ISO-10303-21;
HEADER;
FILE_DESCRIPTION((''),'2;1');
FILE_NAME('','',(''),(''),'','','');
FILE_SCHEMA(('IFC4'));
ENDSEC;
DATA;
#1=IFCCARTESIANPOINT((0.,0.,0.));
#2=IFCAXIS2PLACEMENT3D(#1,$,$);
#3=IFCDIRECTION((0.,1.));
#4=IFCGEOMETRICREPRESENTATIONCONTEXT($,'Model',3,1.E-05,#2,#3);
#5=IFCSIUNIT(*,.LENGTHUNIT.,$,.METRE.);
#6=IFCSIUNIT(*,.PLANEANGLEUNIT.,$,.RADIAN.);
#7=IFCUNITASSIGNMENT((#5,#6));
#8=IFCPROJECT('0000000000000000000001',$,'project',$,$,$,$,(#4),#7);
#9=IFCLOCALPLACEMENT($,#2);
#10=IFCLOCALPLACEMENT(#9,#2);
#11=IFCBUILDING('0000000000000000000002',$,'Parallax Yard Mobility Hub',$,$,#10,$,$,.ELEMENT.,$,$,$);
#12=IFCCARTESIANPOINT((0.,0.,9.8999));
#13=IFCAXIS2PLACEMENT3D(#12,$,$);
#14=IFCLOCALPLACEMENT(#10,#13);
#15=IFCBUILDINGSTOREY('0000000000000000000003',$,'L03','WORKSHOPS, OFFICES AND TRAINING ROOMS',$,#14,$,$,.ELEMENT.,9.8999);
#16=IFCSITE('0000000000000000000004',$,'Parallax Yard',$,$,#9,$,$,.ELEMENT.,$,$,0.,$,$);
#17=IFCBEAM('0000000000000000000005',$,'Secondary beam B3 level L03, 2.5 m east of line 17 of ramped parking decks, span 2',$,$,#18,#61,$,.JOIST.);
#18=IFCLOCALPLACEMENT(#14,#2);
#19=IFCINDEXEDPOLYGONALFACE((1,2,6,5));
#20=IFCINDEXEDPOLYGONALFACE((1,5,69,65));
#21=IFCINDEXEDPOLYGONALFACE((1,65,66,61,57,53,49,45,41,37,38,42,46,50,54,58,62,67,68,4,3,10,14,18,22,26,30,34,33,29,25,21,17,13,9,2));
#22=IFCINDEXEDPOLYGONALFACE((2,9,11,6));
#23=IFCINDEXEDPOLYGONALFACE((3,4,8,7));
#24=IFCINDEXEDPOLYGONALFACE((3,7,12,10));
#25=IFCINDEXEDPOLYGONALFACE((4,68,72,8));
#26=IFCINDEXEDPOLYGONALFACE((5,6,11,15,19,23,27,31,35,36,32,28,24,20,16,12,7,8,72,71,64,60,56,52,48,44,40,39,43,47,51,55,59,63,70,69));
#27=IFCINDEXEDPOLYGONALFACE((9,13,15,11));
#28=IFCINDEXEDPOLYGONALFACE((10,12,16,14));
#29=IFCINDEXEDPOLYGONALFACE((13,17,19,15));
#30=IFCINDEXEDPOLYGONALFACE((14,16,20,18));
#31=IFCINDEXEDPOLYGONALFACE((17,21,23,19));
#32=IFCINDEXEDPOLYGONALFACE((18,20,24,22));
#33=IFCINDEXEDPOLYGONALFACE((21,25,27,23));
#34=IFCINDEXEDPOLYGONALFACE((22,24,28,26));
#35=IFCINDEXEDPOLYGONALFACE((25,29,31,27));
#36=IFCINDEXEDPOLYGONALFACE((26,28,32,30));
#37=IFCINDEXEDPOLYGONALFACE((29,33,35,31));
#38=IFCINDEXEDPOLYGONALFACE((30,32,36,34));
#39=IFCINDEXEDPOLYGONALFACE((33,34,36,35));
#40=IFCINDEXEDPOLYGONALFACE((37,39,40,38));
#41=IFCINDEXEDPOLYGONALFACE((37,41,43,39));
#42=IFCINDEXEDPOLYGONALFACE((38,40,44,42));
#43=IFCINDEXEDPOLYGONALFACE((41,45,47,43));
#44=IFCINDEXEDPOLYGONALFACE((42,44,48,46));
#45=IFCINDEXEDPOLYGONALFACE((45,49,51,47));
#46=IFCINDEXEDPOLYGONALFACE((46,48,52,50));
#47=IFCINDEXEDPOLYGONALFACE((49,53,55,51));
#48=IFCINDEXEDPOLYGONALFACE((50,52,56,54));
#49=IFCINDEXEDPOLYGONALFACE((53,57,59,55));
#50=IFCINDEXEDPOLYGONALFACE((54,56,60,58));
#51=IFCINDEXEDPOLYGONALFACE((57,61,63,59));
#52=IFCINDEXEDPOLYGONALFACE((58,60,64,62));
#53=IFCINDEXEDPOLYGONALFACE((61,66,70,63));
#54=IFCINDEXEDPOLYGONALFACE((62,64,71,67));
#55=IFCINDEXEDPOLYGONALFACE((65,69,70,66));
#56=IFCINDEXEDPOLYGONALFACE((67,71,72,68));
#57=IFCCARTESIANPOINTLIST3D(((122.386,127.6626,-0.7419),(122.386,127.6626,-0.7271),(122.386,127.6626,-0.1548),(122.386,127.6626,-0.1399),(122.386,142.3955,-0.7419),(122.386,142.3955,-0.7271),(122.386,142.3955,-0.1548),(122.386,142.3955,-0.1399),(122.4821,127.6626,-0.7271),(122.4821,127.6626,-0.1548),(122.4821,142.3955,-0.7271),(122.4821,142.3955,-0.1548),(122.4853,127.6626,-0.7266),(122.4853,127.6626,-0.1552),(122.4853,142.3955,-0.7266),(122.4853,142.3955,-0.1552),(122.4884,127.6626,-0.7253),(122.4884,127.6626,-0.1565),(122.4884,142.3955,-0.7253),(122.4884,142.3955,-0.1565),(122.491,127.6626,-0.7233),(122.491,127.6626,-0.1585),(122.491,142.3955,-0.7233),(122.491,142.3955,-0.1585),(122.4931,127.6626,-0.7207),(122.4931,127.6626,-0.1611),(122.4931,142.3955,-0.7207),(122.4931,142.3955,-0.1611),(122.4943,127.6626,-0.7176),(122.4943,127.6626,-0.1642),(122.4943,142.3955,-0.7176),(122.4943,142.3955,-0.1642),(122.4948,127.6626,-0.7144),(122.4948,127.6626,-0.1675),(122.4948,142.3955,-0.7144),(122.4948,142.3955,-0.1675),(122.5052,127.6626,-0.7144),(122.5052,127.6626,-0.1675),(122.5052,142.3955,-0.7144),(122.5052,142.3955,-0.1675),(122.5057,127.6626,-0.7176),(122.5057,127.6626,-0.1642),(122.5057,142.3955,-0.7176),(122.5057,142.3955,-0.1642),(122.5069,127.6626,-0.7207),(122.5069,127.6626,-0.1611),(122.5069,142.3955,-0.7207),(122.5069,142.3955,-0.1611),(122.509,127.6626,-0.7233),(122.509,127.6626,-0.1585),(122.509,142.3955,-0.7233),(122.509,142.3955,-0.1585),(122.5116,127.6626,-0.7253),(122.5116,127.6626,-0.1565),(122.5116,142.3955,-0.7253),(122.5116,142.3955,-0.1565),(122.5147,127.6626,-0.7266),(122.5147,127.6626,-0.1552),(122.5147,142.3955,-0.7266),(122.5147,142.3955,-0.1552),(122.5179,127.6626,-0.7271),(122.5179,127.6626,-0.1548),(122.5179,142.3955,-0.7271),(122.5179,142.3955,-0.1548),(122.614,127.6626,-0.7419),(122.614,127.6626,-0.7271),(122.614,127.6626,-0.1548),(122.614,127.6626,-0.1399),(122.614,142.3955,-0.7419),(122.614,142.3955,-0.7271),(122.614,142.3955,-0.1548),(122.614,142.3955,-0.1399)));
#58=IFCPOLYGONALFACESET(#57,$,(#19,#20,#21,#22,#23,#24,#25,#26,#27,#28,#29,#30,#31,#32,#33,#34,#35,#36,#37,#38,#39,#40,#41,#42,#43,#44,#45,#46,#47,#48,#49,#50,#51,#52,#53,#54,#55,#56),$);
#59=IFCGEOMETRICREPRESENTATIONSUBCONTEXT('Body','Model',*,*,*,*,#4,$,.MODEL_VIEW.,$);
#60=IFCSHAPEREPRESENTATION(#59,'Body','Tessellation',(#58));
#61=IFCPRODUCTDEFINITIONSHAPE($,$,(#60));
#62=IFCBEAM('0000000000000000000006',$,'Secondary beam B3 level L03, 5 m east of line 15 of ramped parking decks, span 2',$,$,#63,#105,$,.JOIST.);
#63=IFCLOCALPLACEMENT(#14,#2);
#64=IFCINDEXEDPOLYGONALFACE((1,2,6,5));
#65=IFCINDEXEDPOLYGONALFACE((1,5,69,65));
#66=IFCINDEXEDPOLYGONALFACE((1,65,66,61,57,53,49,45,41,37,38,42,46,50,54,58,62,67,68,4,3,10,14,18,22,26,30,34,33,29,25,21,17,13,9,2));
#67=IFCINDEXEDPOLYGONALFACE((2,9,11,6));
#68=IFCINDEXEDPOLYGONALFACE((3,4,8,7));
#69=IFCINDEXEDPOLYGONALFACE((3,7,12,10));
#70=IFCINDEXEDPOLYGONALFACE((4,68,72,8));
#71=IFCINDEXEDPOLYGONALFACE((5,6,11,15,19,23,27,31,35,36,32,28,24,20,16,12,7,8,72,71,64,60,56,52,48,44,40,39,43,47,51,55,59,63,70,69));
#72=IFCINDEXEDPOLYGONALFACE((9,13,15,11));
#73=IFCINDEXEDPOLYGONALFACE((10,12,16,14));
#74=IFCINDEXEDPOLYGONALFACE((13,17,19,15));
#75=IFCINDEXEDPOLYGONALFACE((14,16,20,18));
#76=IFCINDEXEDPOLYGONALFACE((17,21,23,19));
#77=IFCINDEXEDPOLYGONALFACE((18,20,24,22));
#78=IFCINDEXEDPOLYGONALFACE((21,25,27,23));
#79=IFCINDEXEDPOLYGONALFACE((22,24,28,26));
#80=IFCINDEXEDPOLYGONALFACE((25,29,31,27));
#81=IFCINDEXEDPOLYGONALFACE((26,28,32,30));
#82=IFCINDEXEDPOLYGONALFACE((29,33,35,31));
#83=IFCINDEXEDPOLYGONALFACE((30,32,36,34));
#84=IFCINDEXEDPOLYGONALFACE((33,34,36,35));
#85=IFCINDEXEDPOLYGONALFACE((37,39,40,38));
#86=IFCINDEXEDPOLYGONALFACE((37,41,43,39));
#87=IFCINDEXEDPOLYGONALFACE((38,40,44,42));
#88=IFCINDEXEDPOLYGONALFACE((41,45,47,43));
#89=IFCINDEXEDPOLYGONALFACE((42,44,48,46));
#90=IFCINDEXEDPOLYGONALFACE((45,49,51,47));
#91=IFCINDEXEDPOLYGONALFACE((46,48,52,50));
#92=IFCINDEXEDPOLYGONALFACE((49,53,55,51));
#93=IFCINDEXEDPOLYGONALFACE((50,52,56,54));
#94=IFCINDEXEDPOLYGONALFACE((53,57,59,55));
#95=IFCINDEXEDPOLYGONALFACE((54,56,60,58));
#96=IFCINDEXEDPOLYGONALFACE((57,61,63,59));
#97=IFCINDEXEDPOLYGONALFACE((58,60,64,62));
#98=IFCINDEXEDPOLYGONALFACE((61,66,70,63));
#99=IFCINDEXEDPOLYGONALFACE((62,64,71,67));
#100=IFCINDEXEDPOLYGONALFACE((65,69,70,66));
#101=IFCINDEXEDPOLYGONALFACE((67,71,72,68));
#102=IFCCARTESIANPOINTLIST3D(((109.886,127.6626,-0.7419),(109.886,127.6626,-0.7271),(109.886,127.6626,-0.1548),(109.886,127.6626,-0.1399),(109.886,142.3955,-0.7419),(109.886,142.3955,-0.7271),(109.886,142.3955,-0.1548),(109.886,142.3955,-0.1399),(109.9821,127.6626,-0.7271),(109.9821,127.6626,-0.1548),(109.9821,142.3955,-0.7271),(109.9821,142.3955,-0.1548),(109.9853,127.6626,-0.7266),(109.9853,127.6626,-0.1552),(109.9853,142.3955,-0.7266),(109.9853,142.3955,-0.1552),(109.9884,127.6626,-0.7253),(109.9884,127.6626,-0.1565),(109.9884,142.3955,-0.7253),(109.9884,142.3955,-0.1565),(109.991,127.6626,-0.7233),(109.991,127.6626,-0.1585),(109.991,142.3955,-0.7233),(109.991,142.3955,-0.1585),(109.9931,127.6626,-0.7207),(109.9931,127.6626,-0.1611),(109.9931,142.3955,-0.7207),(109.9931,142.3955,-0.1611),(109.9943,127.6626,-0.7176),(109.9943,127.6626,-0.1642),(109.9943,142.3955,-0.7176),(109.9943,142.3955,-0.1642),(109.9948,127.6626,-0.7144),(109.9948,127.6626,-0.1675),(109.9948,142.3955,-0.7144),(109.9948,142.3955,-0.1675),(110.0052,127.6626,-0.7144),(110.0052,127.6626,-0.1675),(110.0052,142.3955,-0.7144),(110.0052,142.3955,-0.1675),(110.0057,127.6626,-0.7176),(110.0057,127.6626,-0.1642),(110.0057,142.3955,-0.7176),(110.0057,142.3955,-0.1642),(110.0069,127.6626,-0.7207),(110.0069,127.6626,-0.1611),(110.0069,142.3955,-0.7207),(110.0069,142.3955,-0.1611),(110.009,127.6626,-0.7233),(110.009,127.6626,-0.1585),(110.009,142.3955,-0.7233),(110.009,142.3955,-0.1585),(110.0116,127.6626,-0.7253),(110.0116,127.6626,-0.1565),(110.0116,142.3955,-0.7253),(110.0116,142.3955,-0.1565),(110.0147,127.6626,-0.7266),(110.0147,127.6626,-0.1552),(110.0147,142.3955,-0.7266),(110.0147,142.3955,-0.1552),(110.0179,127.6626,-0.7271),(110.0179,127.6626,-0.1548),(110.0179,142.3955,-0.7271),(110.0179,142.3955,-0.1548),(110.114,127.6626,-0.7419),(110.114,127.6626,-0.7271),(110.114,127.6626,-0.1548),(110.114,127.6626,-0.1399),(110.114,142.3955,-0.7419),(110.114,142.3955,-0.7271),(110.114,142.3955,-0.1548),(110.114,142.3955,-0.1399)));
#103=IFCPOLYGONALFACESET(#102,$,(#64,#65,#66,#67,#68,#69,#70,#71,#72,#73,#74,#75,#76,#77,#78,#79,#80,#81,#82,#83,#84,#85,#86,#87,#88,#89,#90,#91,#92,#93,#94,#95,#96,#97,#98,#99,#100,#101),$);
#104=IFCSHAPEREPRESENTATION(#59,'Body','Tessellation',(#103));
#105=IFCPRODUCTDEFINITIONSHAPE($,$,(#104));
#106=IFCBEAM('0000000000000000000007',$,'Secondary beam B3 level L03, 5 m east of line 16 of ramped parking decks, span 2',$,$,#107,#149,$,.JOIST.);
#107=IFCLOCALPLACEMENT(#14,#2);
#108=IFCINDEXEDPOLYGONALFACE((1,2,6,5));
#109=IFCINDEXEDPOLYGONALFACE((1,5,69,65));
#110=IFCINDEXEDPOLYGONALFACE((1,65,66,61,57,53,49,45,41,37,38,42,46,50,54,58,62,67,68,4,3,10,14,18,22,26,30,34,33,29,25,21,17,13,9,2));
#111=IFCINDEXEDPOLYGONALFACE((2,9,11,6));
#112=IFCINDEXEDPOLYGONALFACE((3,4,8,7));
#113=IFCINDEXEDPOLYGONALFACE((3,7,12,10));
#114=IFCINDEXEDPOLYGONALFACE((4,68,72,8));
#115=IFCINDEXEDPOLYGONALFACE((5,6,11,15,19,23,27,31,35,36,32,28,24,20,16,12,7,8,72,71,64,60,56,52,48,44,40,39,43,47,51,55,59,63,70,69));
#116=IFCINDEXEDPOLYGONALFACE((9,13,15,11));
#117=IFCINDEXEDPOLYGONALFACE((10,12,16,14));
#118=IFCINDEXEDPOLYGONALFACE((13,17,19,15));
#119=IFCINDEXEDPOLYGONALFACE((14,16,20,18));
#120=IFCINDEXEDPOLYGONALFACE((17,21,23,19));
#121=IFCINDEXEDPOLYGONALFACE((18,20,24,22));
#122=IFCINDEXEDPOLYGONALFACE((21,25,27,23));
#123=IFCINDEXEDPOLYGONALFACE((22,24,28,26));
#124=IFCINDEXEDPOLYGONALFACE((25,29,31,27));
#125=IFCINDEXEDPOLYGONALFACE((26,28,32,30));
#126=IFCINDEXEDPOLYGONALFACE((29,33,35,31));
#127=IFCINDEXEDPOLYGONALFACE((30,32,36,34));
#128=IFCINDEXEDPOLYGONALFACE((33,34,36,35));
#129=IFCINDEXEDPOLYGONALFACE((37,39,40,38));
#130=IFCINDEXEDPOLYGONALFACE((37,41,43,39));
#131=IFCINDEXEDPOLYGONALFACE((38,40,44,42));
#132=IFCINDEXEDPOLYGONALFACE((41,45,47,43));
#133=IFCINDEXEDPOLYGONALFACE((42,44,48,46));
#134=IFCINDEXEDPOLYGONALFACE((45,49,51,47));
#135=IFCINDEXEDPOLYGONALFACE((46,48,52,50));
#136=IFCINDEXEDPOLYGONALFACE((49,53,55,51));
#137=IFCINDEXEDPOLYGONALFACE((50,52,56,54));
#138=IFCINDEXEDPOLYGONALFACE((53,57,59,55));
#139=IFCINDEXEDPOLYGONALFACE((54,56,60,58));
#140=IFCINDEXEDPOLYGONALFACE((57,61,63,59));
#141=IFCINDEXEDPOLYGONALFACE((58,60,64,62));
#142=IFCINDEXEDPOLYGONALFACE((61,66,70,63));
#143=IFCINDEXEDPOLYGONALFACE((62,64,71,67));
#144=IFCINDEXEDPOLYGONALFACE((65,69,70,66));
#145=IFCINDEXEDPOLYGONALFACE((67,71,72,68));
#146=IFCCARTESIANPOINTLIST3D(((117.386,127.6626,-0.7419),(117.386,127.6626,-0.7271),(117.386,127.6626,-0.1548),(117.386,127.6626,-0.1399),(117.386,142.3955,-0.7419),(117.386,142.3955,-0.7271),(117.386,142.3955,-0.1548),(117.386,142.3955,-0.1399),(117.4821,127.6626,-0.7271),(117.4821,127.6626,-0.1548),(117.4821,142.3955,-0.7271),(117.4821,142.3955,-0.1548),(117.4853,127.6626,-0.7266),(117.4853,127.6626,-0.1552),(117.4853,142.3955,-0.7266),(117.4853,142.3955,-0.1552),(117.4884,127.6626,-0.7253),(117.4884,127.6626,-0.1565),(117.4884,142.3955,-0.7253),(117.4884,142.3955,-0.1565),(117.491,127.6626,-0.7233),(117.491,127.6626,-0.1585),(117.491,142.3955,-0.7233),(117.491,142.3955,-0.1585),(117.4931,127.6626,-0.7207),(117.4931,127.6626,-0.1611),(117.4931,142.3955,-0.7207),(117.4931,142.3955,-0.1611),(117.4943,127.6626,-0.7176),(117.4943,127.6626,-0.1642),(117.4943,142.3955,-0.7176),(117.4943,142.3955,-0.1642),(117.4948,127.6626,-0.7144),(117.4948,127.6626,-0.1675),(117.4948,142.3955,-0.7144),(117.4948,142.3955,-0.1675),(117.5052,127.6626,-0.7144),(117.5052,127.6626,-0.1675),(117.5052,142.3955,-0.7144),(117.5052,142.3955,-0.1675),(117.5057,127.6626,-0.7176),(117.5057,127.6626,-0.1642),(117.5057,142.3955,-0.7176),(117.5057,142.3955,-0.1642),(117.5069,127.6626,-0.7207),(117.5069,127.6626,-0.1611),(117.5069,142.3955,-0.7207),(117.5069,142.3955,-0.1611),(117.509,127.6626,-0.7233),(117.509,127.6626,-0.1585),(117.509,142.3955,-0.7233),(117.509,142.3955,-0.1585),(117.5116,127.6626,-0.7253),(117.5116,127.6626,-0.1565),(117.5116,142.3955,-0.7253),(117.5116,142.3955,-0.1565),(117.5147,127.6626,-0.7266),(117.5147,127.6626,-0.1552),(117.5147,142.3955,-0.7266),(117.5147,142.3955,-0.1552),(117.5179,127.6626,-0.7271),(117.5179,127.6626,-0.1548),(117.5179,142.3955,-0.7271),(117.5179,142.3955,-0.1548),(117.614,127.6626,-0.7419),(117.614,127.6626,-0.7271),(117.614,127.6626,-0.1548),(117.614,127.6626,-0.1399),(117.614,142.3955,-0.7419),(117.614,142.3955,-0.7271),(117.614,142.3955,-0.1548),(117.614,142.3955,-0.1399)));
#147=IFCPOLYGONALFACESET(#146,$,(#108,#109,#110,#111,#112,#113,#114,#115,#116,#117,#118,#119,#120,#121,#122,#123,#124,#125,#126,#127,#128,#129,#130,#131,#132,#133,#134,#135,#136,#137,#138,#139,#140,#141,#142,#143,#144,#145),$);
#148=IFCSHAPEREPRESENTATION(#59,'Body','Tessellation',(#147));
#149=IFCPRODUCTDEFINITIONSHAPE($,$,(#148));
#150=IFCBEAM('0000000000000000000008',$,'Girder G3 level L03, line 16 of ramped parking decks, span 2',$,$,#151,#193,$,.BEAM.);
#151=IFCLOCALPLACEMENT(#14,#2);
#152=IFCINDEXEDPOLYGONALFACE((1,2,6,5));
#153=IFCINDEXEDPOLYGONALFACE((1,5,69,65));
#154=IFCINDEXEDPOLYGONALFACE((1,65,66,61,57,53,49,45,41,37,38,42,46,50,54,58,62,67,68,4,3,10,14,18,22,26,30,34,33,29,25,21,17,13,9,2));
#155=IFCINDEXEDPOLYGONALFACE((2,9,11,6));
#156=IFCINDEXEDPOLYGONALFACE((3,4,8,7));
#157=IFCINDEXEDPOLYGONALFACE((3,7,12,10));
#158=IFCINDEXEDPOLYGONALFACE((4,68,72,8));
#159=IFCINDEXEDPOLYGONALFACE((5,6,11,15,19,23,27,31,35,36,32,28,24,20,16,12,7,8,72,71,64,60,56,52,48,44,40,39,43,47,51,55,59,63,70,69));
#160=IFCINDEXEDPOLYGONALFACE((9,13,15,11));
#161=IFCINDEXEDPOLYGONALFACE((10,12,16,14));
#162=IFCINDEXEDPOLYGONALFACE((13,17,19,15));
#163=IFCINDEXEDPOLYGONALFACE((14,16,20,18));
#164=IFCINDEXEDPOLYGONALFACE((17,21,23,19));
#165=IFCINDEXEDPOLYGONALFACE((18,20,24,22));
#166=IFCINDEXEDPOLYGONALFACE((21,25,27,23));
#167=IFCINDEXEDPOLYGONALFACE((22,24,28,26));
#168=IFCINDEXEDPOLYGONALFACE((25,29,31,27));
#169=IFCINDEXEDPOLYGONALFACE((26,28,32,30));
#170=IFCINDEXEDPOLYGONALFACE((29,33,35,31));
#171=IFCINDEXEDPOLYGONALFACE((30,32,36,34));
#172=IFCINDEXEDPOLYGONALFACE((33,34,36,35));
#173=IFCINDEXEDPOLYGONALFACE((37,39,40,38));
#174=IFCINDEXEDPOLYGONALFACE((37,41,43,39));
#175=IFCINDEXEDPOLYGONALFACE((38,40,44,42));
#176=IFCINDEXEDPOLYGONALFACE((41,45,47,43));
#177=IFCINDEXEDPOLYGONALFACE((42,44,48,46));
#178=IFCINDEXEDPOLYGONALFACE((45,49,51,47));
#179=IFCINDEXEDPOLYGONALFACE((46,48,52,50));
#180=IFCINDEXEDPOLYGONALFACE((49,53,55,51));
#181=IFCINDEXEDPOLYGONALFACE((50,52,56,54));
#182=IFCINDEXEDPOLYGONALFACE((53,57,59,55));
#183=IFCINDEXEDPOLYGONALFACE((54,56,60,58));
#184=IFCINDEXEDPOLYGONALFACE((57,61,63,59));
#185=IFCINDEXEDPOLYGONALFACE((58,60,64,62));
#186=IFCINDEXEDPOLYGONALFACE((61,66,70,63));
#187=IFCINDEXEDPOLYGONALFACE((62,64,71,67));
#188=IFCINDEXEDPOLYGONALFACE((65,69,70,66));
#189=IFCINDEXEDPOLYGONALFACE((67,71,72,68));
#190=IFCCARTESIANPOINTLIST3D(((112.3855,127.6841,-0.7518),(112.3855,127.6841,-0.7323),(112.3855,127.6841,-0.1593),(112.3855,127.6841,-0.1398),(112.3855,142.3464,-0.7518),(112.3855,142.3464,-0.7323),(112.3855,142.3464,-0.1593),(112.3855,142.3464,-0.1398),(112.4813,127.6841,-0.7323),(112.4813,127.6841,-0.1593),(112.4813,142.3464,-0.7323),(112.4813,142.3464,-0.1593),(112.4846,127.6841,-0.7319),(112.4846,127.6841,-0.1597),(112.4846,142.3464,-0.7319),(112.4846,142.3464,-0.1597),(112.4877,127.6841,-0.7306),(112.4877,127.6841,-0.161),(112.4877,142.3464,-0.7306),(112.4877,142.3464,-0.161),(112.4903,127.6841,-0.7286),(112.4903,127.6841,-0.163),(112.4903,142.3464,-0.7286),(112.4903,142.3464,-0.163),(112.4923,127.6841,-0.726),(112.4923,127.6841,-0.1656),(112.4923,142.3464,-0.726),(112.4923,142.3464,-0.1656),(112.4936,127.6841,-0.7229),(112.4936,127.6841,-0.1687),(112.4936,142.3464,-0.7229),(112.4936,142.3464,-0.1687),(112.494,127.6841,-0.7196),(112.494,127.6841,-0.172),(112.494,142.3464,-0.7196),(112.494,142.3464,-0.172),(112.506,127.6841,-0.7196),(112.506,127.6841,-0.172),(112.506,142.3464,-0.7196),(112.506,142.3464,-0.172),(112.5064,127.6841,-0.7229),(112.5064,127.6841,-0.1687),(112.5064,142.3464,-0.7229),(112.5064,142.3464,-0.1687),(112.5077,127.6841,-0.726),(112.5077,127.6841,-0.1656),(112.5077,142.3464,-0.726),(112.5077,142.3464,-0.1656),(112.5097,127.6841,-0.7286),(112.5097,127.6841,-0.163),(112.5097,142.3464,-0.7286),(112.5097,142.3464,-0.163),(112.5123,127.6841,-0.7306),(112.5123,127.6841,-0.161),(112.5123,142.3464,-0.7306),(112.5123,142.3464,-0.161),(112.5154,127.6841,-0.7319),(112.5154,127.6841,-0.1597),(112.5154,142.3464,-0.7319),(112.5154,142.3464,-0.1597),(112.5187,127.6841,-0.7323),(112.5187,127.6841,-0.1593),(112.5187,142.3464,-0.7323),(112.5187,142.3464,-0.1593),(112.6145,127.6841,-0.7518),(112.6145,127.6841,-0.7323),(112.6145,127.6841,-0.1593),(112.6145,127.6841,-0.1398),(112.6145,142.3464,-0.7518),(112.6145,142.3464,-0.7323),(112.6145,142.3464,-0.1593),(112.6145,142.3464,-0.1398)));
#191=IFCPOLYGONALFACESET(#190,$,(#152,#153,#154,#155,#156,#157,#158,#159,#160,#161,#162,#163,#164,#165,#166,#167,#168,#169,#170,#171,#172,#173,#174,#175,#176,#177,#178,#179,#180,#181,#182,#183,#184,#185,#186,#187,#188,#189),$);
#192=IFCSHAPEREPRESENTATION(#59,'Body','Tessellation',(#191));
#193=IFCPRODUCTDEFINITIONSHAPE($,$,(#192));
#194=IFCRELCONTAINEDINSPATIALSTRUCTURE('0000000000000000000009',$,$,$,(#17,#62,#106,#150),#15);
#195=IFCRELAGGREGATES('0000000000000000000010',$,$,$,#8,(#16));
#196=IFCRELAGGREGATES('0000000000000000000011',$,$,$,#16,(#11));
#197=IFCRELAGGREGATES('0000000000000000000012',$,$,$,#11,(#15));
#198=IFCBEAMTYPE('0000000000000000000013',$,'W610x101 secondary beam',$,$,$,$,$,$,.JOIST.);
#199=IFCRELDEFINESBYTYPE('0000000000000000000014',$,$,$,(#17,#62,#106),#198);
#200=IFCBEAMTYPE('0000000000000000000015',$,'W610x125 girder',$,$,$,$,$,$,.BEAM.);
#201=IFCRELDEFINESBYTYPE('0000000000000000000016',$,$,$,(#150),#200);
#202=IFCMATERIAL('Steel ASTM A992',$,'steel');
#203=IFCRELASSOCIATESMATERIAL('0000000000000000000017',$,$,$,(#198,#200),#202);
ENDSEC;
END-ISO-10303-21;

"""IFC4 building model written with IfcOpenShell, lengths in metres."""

from ifc_helpers import new_model, si_unit, direction, frame, origin, origin_2d, place, context, subcontext, project, spatial, i_section, extrude, material, material_profile, profile_set, type_object, element, save


model = new_model("IFC4")

# Units and contexts
model_context = context("Model", 3, precision=1e-05, world=origin(), true_north=direction((0.0, 1.0)))
body_context = subcontext(model_context, "Body", "Model", "MODEL_VIEW")
ifc_project = project(units=[si_unit("LENGTHUNIT", "METRE"), si_unit("PLANEANGLEUNIT", "RADIAN")], contexts=[model_context])

# Site, building, storey
site_placement = place(None, origin())
site = spatial("IfcSite", under=ifc_project, at=site_placement, Name="Parallax Yard", CompositionType="ELEMENT", RefElevation=0.0)
building_placement = place(site_placement, origin())
building = spatial("IfcBuilding", under=site, at=building_placement, Name="Parallax Yard Mobility Hub", CompositionType="ELEMENT")
storey_placement = place(building_placement, frame((0.0, 0.0, 9.8999)))
storey = spatial("IfcBuildingStorey", under=building, at=storey_placement, Name="L03", Description="WORKSHOPS, OFFICES AND TRAINING ROOMS", CompositionType="ELEMENT", Elevation=9.8999)

# Shared definitions
ifc_material_1 = material(Name="Steel ASTM A992", Category="steel")

# Beams
ifc_material_profile_1 = material_profile(ifc_material_1, i_section(OverallWidth=0.228, OverallDepth=0.6021, WebThickness=0.0105, FlangeThickness=0.0149, FilletRadius=0.0127, at=origin_2d()), Name="W610x101")
ifc_profile_set_1 = profile_set([ifc_material_profile_1], Name="Steel ASTM A992")
beam_type_1 = type_object("IfcBeamType", Name="W610x101 secondary beam", PredefinedType="JOIST", material=ifc_profile_set_1)
for number, where, z_axis, x_axis, name in (
    (1, (122.5, 127.6626, -0.4409), (0.0, 1.0, 0.0), (-1.0, 0.0, 0.0), "Secondary beam B3 level L03, 2.5 m east of line 17 of ramped parking decks, span 2"),
    (2, (110.0, 127.6626, -0.4409), (0.0, 1.0, 0.0), (-1.0, 0.0, 0.0), "Secondary beam B3 level L03, 5 m east of line 15 of ramped parking decks, span 2"),
    (3, (117.5, 127.6626, -0.4409), (0.0, 1.0, 0.0), (-1.0, 0.0, 0.0), "Secondary beam B3 level L03, 5 m east of line 16 of ramped parking decks, span 2"),
):
    element("IfcBeam", number, at=place(storey_placement, frame(where, z_axis=z_axis, x_axis=x_axis)), inside=storey, type_object=beam_type_1, Name=name, PredefinedType="JOIST", context=body_context, shape_type="SweptSolid", body=[
        extrude(i_section(OverallWidth=0.228, OverallDepth=0.6021, WebThickness=0.0105, FlangeThickness=0.0149, FilletRadius=0.0127, at=origin_2d()), origin(), (0.0, 0.0, 1.0), 14.7329),
    ])
ifc_material_profile_2 = material_profile(ifc_material_1, i_section(OverallWidth=0.229, OverallDepth=0.6121, WebThickness=0.012, FlangeThickness=0.0195, FilletRadius=0.0127, at=origin_2d()), Name="W610x125")
ifc_profile_set_2 = profile_set([ifc_material_profile_2], Name="Steel ASTM A992")
beam_type_2 = type_object("IfcBeamType", Name="W610x125 girder", PredefinedType="BEAM", material=ifc_profile_set_2)
beam_1_placement = place(storey_placement, frame((112.5, 127.6841, -0.4458), z_axis=(0.0, 1.0, 0.0), x_axis=(-1.0, 0.0, 0.0)))
element("IfcBeam", 4, at=beam_1_placement, inside=storey, type_object=beam_type_2, Name="Girder G3 level L03, line 16 of ramped parking decks, span 2", PredefinedType="BEAM", context=body_context, shape_type="SweptSolid", body=[
    extrude(i_section(OverallWidth=0.229, OverallDepth=0.6121, WebThickness=0.012, FlangeThickness=0.0195, FilletRadius=0.0127, at=origin_2d()), origin(), (0.0, 0.0, 1.0), 14.6624),
])

save(model, "model.ifc")
